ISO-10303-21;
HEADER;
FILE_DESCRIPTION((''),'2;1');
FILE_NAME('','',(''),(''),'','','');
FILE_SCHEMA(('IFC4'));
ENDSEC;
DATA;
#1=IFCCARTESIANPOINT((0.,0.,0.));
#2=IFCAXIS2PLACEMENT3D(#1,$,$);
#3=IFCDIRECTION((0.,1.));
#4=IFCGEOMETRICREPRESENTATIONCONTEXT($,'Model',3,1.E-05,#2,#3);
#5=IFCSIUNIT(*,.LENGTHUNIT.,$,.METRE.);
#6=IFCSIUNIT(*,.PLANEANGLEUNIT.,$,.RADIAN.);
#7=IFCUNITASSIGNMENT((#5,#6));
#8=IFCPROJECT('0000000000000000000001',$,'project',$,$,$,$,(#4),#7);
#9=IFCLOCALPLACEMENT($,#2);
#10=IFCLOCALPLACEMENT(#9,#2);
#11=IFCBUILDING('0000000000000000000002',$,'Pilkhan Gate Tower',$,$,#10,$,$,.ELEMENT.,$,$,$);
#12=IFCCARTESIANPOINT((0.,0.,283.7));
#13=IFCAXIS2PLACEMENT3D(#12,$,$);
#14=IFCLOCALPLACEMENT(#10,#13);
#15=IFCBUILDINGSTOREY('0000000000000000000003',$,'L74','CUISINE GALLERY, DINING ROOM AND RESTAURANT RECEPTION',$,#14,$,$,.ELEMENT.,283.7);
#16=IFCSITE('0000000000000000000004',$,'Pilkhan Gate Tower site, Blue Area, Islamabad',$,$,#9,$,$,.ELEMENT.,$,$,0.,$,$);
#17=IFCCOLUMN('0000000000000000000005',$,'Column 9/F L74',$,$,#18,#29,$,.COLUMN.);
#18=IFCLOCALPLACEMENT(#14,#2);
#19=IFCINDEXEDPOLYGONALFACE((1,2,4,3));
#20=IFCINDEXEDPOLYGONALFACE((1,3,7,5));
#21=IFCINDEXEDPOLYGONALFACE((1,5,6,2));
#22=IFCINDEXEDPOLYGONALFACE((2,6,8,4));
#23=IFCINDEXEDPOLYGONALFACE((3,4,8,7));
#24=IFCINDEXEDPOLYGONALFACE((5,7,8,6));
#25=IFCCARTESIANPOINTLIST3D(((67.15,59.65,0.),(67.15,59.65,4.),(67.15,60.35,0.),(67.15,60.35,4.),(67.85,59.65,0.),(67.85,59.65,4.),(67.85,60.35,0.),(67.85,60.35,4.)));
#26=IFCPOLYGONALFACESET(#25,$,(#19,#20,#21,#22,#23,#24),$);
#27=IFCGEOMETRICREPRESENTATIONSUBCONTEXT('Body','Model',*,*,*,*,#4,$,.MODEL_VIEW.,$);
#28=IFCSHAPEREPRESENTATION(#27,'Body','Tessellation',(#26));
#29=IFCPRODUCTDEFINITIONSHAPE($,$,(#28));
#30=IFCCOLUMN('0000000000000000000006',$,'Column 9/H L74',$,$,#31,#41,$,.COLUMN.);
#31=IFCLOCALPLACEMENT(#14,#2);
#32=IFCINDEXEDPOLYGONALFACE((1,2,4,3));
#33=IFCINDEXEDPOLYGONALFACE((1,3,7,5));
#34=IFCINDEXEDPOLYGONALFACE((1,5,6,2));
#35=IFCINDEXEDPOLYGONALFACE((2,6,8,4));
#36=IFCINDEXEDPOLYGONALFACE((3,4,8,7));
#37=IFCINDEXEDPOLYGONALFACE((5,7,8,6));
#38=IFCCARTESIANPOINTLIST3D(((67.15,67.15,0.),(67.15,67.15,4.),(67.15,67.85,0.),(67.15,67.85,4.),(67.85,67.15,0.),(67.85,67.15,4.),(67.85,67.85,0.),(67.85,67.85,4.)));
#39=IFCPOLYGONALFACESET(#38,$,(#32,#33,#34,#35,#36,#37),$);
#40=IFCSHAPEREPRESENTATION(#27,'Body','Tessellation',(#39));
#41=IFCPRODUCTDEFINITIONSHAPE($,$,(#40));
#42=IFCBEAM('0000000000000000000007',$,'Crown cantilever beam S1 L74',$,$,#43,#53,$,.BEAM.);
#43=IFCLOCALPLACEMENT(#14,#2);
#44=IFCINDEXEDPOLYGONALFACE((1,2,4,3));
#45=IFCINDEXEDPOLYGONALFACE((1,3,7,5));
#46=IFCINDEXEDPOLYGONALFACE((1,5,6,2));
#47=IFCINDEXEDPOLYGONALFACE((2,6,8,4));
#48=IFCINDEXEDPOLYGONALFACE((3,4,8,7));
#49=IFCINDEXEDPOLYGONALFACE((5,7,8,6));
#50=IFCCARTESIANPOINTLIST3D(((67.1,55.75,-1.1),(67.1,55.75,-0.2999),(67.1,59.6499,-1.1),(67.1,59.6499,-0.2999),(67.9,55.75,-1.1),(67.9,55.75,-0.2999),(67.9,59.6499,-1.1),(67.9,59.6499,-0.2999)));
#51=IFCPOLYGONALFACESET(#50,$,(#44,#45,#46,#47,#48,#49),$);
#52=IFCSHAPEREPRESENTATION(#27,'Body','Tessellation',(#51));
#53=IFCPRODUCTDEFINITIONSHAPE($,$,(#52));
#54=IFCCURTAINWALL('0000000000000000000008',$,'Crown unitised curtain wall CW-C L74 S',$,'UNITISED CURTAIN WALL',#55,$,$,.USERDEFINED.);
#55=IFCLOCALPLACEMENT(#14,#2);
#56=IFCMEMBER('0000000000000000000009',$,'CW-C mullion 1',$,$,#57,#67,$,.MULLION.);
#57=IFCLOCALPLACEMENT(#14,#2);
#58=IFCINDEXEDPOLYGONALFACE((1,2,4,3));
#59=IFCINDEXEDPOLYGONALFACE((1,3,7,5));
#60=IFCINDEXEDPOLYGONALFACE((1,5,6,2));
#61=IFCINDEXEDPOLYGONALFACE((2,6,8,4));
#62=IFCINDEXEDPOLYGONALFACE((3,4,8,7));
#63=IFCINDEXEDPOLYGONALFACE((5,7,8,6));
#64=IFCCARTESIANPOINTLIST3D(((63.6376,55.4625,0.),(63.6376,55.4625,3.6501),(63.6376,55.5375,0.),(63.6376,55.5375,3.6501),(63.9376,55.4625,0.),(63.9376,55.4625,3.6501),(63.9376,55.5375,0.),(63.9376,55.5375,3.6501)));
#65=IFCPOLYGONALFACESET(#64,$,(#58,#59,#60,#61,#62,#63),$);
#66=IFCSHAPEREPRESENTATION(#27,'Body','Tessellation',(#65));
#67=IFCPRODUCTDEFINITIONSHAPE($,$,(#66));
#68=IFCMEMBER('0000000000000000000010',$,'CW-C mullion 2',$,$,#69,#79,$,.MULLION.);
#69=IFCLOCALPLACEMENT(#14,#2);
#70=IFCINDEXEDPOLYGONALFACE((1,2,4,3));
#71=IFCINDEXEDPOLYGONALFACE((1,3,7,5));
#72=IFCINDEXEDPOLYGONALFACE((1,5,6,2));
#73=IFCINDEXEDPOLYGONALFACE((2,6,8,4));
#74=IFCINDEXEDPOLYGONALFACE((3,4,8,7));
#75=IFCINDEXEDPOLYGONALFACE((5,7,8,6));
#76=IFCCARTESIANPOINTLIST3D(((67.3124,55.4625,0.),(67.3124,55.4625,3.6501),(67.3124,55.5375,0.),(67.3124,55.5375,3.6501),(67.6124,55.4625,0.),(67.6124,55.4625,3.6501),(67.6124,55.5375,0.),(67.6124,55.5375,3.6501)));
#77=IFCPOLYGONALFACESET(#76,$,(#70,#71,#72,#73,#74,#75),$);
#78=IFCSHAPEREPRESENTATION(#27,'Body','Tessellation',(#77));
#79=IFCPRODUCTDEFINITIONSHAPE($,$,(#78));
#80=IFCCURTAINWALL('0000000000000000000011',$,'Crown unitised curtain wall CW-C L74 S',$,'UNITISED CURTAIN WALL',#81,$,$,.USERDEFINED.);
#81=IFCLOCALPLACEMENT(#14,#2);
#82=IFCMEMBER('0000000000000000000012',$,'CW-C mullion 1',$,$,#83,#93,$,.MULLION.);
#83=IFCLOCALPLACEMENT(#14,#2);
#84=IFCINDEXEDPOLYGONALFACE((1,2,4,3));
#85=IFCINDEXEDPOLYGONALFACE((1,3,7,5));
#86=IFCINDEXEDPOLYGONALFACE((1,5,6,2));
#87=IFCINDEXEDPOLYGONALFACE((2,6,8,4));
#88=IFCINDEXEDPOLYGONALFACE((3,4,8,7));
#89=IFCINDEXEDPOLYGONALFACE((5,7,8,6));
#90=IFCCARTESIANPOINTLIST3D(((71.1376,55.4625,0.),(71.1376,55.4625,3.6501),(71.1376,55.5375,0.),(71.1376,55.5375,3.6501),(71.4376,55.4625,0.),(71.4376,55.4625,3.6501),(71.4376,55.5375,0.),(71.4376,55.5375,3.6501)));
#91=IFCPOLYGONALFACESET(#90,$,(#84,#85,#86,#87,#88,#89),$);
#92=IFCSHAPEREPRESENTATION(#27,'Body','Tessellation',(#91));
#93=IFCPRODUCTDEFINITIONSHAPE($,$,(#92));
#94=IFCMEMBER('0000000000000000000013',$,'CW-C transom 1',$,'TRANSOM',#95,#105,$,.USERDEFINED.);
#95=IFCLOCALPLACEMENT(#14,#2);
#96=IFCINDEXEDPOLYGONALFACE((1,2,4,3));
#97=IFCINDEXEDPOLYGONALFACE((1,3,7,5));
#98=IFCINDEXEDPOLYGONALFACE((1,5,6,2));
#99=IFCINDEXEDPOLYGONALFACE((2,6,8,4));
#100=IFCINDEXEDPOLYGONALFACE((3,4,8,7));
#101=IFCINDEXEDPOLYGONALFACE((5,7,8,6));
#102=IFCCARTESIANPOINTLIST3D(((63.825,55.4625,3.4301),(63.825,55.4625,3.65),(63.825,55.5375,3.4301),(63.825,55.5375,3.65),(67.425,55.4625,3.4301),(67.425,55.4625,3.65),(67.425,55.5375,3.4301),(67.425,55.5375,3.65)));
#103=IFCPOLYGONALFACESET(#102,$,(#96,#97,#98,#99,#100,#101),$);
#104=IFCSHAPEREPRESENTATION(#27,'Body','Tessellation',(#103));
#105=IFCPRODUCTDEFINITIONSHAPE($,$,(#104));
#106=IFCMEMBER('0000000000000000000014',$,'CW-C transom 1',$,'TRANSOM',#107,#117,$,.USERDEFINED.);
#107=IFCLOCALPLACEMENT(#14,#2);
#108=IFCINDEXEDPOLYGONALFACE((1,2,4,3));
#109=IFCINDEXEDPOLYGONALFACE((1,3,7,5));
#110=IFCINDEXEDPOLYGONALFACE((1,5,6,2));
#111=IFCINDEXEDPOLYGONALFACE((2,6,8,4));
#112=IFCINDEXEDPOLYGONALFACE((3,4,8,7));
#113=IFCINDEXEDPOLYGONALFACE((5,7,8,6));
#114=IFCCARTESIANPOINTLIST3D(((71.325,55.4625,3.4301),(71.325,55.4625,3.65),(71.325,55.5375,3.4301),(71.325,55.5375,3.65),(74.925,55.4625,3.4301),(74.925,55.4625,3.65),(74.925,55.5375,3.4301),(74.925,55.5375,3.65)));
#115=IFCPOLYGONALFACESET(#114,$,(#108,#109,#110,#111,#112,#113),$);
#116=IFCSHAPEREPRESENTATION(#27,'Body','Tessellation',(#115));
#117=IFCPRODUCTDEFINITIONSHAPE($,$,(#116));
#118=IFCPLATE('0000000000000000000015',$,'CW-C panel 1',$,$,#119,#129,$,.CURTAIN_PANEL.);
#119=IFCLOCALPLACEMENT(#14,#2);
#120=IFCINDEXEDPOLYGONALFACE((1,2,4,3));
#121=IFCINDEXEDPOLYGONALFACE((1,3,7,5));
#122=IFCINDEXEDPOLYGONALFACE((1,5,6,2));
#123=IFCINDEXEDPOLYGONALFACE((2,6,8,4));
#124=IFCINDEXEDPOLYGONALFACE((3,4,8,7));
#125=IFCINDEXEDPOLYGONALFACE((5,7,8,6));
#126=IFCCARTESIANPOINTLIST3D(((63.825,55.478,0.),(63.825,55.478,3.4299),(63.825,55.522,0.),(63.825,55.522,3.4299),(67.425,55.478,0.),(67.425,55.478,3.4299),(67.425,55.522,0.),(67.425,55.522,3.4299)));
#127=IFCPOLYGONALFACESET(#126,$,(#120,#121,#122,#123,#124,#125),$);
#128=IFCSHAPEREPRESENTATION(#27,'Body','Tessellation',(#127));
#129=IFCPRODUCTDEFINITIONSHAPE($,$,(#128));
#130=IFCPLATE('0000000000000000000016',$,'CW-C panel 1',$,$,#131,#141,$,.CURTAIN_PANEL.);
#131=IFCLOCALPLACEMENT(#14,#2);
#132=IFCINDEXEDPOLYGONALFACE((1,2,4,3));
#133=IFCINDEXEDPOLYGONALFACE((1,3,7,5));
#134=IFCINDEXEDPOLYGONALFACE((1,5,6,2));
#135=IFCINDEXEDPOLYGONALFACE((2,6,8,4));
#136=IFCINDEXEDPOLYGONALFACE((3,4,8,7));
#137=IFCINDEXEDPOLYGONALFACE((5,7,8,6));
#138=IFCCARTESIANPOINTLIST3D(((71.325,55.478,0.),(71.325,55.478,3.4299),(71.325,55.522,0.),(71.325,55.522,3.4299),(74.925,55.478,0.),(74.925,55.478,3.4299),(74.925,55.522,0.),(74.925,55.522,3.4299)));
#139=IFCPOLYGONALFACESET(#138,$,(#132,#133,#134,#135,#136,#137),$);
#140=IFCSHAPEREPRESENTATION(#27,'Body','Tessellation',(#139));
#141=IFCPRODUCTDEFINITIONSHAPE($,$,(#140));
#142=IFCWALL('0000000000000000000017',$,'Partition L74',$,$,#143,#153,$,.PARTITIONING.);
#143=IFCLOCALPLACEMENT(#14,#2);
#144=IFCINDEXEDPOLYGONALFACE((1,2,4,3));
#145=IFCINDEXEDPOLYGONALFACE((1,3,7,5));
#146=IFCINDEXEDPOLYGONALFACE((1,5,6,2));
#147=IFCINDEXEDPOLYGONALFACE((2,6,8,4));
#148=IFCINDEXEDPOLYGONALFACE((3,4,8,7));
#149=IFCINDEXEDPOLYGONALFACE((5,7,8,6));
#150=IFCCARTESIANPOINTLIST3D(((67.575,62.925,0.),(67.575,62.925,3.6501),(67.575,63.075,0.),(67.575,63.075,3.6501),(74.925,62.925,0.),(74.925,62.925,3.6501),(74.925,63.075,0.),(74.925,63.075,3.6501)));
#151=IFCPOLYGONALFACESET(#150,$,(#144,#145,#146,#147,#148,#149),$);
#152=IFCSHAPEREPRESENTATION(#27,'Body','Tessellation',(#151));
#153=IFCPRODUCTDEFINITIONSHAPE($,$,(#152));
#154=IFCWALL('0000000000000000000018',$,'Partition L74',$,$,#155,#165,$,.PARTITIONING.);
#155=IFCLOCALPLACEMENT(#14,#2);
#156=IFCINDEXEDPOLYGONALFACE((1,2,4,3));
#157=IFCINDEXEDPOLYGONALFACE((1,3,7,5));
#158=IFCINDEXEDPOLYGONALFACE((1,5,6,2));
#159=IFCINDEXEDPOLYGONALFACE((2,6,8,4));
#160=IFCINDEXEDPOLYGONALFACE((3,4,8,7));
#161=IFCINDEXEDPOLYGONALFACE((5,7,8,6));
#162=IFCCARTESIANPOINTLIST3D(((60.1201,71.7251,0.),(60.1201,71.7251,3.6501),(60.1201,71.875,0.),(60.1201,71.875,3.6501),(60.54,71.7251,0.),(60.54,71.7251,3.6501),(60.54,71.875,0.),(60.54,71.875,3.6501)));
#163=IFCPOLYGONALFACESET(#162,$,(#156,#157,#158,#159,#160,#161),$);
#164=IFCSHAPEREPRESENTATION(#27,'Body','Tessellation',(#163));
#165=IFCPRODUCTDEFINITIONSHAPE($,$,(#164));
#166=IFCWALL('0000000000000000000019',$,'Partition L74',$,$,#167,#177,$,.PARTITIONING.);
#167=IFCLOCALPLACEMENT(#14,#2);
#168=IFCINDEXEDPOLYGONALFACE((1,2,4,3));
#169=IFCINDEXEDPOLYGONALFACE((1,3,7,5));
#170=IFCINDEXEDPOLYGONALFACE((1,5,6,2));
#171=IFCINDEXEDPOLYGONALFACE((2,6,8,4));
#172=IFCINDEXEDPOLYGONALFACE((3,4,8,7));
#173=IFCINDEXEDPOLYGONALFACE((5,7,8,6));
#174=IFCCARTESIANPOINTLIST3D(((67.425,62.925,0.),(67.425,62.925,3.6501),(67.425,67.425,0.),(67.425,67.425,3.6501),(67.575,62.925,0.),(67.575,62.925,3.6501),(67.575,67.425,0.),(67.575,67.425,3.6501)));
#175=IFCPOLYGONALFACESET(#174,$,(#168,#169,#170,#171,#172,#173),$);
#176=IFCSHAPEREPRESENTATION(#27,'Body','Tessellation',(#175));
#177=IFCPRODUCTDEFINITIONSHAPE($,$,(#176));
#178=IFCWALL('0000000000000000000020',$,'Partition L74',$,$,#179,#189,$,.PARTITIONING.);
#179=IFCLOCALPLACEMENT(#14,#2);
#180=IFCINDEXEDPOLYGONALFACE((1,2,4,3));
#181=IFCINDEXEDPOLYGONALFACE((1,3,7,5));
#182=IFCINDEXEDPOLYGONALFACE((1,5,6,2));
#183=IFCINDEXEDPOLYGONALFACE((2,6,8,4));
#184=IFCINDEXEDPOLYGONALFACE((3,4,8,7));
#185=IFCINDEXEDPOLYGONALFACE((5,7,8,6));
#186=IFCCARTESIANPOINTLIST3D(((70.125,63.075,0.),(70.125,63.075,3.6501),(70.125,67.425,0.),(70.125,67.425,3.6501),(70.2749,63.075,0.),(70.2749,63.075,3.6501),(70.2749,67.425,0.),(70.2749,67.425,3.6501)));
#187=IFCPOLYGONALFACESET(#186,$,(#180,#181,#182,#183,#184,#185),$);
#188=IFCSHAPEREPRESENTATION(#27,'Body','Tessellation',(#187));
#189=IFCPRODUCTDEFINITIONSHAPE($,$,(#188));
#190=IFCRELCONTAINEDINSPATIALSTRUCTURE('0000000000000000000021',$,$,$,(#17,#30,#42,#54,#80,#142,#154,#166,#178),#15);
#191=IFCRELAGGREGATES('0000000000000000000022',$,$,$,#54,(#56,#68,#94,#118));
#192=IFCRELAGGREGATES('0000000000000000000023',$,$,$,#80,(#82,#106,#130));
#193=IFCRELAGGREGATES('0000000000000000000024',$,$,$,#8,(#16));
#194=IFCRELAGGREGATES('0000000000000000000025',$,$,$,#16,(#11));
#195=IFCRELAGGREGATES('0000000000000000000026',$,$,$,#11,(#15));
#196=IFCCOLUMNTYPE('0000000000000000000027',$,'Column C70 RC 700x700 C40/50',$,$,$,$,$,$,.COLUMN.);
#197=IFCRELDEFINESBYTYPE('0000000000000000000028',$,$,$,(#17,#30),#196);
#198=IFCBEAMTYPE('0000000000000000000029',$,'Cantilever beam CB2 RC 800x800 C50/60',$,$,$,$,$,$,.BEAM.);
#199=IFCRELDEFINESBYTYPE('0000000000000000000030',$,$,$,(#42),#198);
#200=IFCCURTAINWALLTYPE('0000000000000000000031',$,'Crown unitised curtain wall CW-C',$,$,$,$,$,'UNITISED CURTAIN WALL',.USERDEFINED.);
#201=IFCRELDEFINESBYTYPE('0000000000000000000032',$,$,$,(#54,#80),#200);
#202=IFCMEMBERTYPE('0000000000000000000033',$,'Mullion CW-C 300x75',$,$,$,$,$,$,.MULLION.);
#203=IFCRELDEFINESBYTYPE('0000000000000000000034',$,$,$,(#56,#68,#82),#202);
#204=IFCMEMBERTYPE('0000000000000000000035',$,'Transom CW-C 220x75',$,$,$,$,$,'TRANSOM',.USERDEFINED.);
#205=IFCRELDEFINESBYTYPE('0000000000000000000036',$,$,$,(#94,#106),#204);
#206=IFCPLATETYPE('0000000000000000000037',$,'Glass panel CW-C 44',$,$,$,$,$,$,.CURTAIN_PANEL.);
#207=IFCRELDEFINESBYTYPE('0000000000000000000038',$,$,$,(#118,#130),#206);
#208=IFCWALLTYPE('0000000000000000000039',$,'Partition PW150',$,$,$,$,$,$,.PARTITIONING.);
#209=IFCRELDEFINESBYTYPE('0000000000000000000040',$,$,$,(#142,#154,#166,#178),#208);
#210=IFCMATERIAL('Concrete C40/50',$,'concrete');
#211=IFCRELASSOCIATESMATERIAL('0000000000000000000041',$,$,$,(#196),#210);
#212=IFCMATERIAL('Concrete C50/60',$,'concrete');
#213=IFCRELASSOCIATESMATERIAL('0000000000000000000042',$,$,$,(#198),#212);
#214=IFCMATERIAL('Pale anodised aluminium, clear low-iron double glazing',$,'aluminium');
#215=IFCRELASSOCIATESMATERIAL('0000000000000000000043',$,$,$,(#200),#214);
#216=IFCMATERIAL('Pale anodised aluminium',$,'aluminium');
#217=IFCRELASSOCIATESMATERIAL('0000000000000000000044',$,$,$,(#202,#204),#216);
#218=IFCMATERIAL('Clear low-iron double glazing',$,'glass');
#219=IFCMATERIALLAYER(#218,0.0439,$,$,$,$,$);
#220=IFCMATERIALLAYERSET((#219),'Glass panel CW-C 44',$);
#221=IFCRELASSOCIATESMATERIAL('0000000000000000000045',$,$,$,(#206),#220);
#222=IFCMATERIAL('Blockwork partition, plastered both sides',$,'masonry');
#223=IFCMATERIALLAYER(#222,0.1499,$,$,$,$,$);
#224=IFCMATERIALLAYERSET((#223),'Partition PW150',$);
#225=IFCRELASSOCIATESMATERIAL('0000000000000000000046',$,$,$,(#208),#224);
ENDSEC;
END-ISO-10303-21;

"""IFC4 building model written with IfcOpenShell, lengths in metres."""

from ifc_helpers import new_model, si_unit, direction, frame, frame_2d, origin, origin_2d, place, context, subcontext, project, spatial, rectangle, extrude, material, layer, layer_set, material_profile, profile_set, type_object, element, aggregate, save


model = new_model("IFC4")

# Units and contexts
model_context = context("Model", 3, precision=1e-05, world=origin(), true_north=direction((0.0, 1.0)))
body_context = subcontext(model_context, "Body", "Model", "MODEL_VIEW")
ifc_project = project(units=[si_unit("LENGTHUNIT", "METRE"), si_unit("PLANEANGLEUNIT", "RADIAN")], contexts=[model_context])

# Site, building, storey
site_placement = place(None, origin())
site = spatial("IfcSite", under=ifc_project, at=site_placement, Name="Pilkhan Gate Tower site, Blue Area, Islamabad", CompositionType="ELEMENT", RefElevation=0.0)
building_placement = place(site_placement, origin())
building = spatial("IfcBuilding", under=site, at=building_placement, Name="Pilkhan Gate Tower", CompositionType="ELEMENT")
storey_placement = place(building_placement, frame((0.0, 0.0, 283.7)))
storey = spatial("IfcBuildingStorey", under=building, at=storey_placement, Name="L74", Description="CUISINE GALLERY, DINING ROOM AND RESTAURANT RECEPTION", CompositionType="ELEMENT", Elevation=283.7)

# Columns
ifc_material_1 = material(Name="Concrete C40/50", Category="concrete")
ifc_material_profile_1 = material_profile(ifc_material_1, rectangle(XDim=0.7, YDim=0.7, at=origin_2d()), Name="RC 700x700")
ifc_profile_set_1 = profile_set([ifc_material_profile_1], Name="Concrete C40/50")
column_type = type_object("IfcColumnType", Name="Column C70 RC 700x700 C40/50", PredefinedType="COLUMN", material=ifc_profile_set_1)
for number, where, z_axis, x_axis, name in (
    (1, (67.5, 60.0, 0.0), (0.0, 0.0, 1.0), (1.0, 0.0, 0.0), "Column 9/F L74"),
    (2, (67.5, 67.5, 0.0), (0.0, 0.0, 1.0), (1.0, 0.0, 0.0), "Column 9/H L74"),
):
    element("IfcColumn", number, at=place(storey_placement, frame(where, z_axis=z_axis, x_axis=x_axis)), inside=storey, type_object=column_type, Name=name, PredefinedType="COLUMN", context=body_context, shape_type="SweptSolid", body=[
        extrude(rectangle(XDim=0.7, YDim=0.7, at=origin_2d()), origin(), (0.0, 0.0, 1.0), 4.0),
    ])

# Beam
ifc_material_2 = material(Name="Concrete C50/60", Category="concrete")
ifc_material_profile_2 = material_profile(ifc_material_2, rectangle(XDim=0.8, YDim=0.8, at=origin_2d()), Name="RC 800x800")
ifc_profile_set_2 = profile_set([ifc_material_profile_2], Name="Concrete C50/60")
beam_type = type_object("IfcBeamType", Name="Cantilever beam CB2 RC 800x800 C50/60", PredefinedType="BEAM", material=ifc_profile_set_2)
beam_placement = place(storey_placement, frame((67.5, 59.6499, -0.7), z_axis=(0.0, -1.0, 0.0), x_axis=(1.0, 0.0, 0.0)))
element("IfcBeam", 3, at=beam_placement, inside=storey, type_object=beam_type, Name="Crown cantilever beam S1 L74", PredefinedType="BEAM", context=body_context, shape_type="SweptSolid", body=[
    extrude(rectangle(XDim=0.8, YDim=0.8, at=origin_2d()), origin(), (0.0, 0.0, 1.0), 3.8999),
])

# Curtain wall, members
ifc_material_3 = material(Name="Pale anodised aluminium, clear low-iron double glazing", Category="aluminium")
curtain_wall_type = type_object("IfcCurtainWallType", Name="Crown unitised curtain wall CW-C", ElementType="UNITISED CURTAIN WALL", PredefinedType="USERDEFINED", material=ifc_material_3)
curtain_wall_1_placement = place(storey_placement, origin())
curtain_wall_1 = element("IfcCurtainWall", 4, at=curtain_wall_1_placement, inside=storey, type_object=curtain_wall_type, Name="Crown unitised curtain wall CW-C L74 S", ObjectType="UNITISED CURTAIN WALL", PredefinedType="USERDEFINED")
ifc_material_4 = material(Name="Pale anodised aluminium", Category="aluminium")
ifc_material_profile_3 = material_profile(ifc_material_4, rectangle(XDim=0.075, YDim=0.3, at=origin_2d()), Name="Mullion 300x75")
ifc_profile_set_3 = profile_set([ifc_material_profile_3], Name="Pale anodised aluminium")
member_type_1 = type_object("IfcMemberType", Name="Mullion CW-C 300x75", PredefinedType="MULLION", material=ifc_profile_set_3)
member_1_placement = place(storey_placement, frame((63.7876, 55.5, 0.0), z_axis=(0.0, 0.0, 1.0), x_axis=(0.0, 1.0, 0.0)))
member_1 = element("IfcMember", 5, at=member_1_placement, type_object=member_type_1, Name="CW-C mullion 1", PredefinedType="MULLION", context=body_context, shape_type="SweptSolid", body=[
    extrude(rectangle(XDim=0.075, YDim=0.3, at=origin_2d()), origin(), (0.0, 0.0, 1.0), 3.6501),
])
member_2_placement = place(storey_placement, frame((67.4624, 55.5, 0.0), z_axis=(0.0, 0.0, 1.0), x_axis=(0.0, 1.0, 0.0)))
member_2 = element("IfcMember", 6, at=member_2_placement, type_object=member_type_1, Name="CW-C mullion 2", PredefinedType="MULLION", context=body_context, shape_type="SweptSolid", body=[
    extrude(rectangle(XDim=0.075, YDim=0.3, at=origin_2d()), origin(), (0.0, 0.0, 1.0), 3.6501),
])

# Curtain wall, member
curtain_wall_2_placement = place(storey_placement, origin())
curtain_wall_2 = element("IfcCurtainWall", 7, at=curtain_wall_2_placement, inside=storey, type_object=curtain_wall_type, Name="Crown unitised curtain wall CW-C L74 S", ObjectType="UNITISED CURTAIN WALL", PredefinedType="USERDEFINED")
member_3_placement = place(storey_placement, frame((71.2876, 55.5, 0.0), z_axis=(0.0, 0.0, 1.0), x_axis=(0.0, 1.0, 0.0)))
member_3 = element("IfcMember", 8, at=member_3_placement, type_object=member_type_1, Name="CW-C mullion 1", PredefinedType="MULLION", context=body_context, shape_type="SweptSolid", body=[
    extrude(rectangle(XDim=0.075, YDim=0.3, at=origin_2d()), origin(), (0.0, 0.0, 1.0), 3.6501),
])

# Members
ifc_material_profile_4 = material_profile(ifc_material_4, rectangle(XDim=0.075, YDim=0.22, at=origin_2d()), Name="Transom 220x75")
ifc_profile_set_4 = profile_set([ifc_material_profile_4], Name="Pale anodised aluminium")
member_type_2 = type_object("IfcMemberType", Name="Transom CW-C 220x75", ElementType="TRANSOM", PredefinedType="USERDEFINED", material=ifc_profile_set_4)
member_4_placement = place(storey_placement, frame((63.825, 55.5, 3.54), z_axis=(1.0, 0.0, 0.0), x_axis=(0.0, 1.0, 0.0)))
member_4 = element("IfcMember", 9, at=member_4_placement, type_object=member_type_2, Name="CW-C transom 1", ObjectType="TRANSOM", PredefinedType="USERDEFINED", context=body_context, shape_type="SweptSolid", body=[
    extrude(rectangle(XDim=0.075, YDim=0.22, at=origin_2d()), origin(), (0.0, 0.0, 1.0), 3.6001),
])
member_5_placement = place(storey_placement, frame((71.325, 55.5, 3.54), z_axis=(1.0, 0.0, 0.0), x_axis=(0.0, 1.0, 0.0)))
member_5 = element("IfcMember", 10, at=member_5_placement, type_object=member_type_2, Name="CW-C transom 1", ObjectType="TRANSOM", PredefinedType="USERDEFINED", context=body_context, shape_type="SweptSolid", body=[
    extrude(rectangle(XDim=0.075, YDim=0.22, at=origin_2d()), origin(), (0.0, 0.0, 1.0), 3.6001),
])

# Plates
ifc_material_5 = material(Name="Clear low-iron double glazing", Category="glass")
ifc_layer_1 = layer(ifc_material_5, 0.0439)
ifc_layer_set_1 = layer_set([ifc_layer_1], Name="Glass panel CW-C 44")
plate_type = type_object("IfcPlateType", Name="Glass panel CW-C 44", PredefinedType="CURTAIN_PANEL", material=ifc_layer_set_1)
plate_1_placement = place(storey_placement, frame((65.625, 55.5, 0.0), z_axis=(0.0, 0.0, 1.0), x_axis=(1.0, 0.0, 0.0)))
plate_1 = element("IfcPlate", 11, at=plate_1_placement, type_object=plate_type, Name="CW-C panel 1", PredefinedType="CURTAIN_PANEL", context=body_context, shape_type="SweptSolid", body=[
    extrude(rectangle(XDim=3.6001, YDim=0.0439, at=origin_2d()), origin(), (0.0, 0.0, 1.0), 3.4299),
])
aggregate(curtain_wall_1, [member_1, member_2, member_4, plate_1])
plate_2_placement = place(storey_placement, frame((73.125, 55.5, 0.0), z_axis=(0.0, 0.0, 1.0), x_axis=(1.0, 0.0, 0.0)))
plate_2 = element("IfcPlate", 12, at=plate_2_placement, type_object=plate_type, Name="CW-C panel 1", PredefinedType="CURTAIN_PANEL", context=body_context, shape_type="SweptSolid", body=[
    extrude(rectangle(XDim=3.6001, YDim=0.0439, at=origin_2d()), origin(), (0.0, 0.0, 1.0), 3.4299),
])
aggregate(curtain_wall_2, [member_3, member_5, plate_2])

# Walls
ifc_material_6 = material(Name="Blockwork partition, plastered both sides", Category="masonry")
ifc_layer_2 = layer(ifc_material_6, 0.1499)
ifc_layer_set_2 = layer_set([ifc_layer_2], Name="Partition PW150")
wall_type_1 = type_object("IfcWallType", Name="Partition PW150", PredefinedType="PARTITIONING", material=ifc_layer_set_2)
wall_1_placement = place(storey_placement, frame((67.575, 63.0, 0.0), z_axis=(0.0, 0.0, 1.0), x_axis=(1.0, 0.0, 0.0)))
element("IfcWall", 13, at=wall_1_placement, inside=storey, type_object=wall_type_1, Name="Partition L74", PredefinedType="PARTITIONING", context=body_context, shape_type="SweptSolid", body=[
    extrude(rectangle(XDim=7.3501, YDim=0.1499, at=frame_2d((3.675, 0.0))), origin(), (0.0, 0.0, 1.0), 3.6501),
])
wall_2_placement = place(storey_placement, frame((60.1201, 71.8, 0.0), z_axis=(0.0, 0.0, 1.0), x_axis=(1.0, 0.0, 0.0)))
element("IfcWall", 14, at=wall_2_placement, inside=storey, type_object=wall_type_1, Name="Partition L74", PredefinedType="PARTITIONING", context=body_context, shape_type="SweptSolid", body=[
    extrude(rectangle(XDim=0.4199, YDim=0.1499, at=frame_2d((0.21, 0.0))), origin(), (0.0, 0.0, 1.0), 3.6501),
])
wall_3_placement = place(storey_placement, frame((67.5, 62.925, 0.0), z_axis=(0.0, 0.0, 1.0), x_axis=(0.0, 1.0, 0.0)))
element("IfcWall", 15, at=wall_3_placement, inside=storey, type_object=wall_type_1, Name="Partition L74", PredefinedType="PARTITIONING", context=body_context, shape_type="SweptSolid", body=[
    extrude(rectangle(XDim=4.5, YDim=0.1499, at=frame_2d((2.25, 0.0))), origin(), (0.0, 0.0, 1.0), 3.6501),
])
for number, where, z_axis, x_axis, name in (
    (16, (70.2, 63.075, 0.0), (0.0, 0.0, 1.0), (0.0, 1.0, 0.0), "Partition L74"),
):
    element("IfcWall", number, at=place(storey_placement, frame(where, z_axis=z_axis, x_axis=x_axis)), inside=storey, type_object=wall_type_1, Name=name, PredefinedType="PARTITIONING", context=body_context, shape_type="SweptSolid", body=[
        extrude(rectangle(XDim=4.3501, YDim=0.1499, at=frame_2d((2.175, 0.0))), origin(), (0.0, 0.0, 1.0), 3.6501),
    ])

save(model, "model.ifc")
